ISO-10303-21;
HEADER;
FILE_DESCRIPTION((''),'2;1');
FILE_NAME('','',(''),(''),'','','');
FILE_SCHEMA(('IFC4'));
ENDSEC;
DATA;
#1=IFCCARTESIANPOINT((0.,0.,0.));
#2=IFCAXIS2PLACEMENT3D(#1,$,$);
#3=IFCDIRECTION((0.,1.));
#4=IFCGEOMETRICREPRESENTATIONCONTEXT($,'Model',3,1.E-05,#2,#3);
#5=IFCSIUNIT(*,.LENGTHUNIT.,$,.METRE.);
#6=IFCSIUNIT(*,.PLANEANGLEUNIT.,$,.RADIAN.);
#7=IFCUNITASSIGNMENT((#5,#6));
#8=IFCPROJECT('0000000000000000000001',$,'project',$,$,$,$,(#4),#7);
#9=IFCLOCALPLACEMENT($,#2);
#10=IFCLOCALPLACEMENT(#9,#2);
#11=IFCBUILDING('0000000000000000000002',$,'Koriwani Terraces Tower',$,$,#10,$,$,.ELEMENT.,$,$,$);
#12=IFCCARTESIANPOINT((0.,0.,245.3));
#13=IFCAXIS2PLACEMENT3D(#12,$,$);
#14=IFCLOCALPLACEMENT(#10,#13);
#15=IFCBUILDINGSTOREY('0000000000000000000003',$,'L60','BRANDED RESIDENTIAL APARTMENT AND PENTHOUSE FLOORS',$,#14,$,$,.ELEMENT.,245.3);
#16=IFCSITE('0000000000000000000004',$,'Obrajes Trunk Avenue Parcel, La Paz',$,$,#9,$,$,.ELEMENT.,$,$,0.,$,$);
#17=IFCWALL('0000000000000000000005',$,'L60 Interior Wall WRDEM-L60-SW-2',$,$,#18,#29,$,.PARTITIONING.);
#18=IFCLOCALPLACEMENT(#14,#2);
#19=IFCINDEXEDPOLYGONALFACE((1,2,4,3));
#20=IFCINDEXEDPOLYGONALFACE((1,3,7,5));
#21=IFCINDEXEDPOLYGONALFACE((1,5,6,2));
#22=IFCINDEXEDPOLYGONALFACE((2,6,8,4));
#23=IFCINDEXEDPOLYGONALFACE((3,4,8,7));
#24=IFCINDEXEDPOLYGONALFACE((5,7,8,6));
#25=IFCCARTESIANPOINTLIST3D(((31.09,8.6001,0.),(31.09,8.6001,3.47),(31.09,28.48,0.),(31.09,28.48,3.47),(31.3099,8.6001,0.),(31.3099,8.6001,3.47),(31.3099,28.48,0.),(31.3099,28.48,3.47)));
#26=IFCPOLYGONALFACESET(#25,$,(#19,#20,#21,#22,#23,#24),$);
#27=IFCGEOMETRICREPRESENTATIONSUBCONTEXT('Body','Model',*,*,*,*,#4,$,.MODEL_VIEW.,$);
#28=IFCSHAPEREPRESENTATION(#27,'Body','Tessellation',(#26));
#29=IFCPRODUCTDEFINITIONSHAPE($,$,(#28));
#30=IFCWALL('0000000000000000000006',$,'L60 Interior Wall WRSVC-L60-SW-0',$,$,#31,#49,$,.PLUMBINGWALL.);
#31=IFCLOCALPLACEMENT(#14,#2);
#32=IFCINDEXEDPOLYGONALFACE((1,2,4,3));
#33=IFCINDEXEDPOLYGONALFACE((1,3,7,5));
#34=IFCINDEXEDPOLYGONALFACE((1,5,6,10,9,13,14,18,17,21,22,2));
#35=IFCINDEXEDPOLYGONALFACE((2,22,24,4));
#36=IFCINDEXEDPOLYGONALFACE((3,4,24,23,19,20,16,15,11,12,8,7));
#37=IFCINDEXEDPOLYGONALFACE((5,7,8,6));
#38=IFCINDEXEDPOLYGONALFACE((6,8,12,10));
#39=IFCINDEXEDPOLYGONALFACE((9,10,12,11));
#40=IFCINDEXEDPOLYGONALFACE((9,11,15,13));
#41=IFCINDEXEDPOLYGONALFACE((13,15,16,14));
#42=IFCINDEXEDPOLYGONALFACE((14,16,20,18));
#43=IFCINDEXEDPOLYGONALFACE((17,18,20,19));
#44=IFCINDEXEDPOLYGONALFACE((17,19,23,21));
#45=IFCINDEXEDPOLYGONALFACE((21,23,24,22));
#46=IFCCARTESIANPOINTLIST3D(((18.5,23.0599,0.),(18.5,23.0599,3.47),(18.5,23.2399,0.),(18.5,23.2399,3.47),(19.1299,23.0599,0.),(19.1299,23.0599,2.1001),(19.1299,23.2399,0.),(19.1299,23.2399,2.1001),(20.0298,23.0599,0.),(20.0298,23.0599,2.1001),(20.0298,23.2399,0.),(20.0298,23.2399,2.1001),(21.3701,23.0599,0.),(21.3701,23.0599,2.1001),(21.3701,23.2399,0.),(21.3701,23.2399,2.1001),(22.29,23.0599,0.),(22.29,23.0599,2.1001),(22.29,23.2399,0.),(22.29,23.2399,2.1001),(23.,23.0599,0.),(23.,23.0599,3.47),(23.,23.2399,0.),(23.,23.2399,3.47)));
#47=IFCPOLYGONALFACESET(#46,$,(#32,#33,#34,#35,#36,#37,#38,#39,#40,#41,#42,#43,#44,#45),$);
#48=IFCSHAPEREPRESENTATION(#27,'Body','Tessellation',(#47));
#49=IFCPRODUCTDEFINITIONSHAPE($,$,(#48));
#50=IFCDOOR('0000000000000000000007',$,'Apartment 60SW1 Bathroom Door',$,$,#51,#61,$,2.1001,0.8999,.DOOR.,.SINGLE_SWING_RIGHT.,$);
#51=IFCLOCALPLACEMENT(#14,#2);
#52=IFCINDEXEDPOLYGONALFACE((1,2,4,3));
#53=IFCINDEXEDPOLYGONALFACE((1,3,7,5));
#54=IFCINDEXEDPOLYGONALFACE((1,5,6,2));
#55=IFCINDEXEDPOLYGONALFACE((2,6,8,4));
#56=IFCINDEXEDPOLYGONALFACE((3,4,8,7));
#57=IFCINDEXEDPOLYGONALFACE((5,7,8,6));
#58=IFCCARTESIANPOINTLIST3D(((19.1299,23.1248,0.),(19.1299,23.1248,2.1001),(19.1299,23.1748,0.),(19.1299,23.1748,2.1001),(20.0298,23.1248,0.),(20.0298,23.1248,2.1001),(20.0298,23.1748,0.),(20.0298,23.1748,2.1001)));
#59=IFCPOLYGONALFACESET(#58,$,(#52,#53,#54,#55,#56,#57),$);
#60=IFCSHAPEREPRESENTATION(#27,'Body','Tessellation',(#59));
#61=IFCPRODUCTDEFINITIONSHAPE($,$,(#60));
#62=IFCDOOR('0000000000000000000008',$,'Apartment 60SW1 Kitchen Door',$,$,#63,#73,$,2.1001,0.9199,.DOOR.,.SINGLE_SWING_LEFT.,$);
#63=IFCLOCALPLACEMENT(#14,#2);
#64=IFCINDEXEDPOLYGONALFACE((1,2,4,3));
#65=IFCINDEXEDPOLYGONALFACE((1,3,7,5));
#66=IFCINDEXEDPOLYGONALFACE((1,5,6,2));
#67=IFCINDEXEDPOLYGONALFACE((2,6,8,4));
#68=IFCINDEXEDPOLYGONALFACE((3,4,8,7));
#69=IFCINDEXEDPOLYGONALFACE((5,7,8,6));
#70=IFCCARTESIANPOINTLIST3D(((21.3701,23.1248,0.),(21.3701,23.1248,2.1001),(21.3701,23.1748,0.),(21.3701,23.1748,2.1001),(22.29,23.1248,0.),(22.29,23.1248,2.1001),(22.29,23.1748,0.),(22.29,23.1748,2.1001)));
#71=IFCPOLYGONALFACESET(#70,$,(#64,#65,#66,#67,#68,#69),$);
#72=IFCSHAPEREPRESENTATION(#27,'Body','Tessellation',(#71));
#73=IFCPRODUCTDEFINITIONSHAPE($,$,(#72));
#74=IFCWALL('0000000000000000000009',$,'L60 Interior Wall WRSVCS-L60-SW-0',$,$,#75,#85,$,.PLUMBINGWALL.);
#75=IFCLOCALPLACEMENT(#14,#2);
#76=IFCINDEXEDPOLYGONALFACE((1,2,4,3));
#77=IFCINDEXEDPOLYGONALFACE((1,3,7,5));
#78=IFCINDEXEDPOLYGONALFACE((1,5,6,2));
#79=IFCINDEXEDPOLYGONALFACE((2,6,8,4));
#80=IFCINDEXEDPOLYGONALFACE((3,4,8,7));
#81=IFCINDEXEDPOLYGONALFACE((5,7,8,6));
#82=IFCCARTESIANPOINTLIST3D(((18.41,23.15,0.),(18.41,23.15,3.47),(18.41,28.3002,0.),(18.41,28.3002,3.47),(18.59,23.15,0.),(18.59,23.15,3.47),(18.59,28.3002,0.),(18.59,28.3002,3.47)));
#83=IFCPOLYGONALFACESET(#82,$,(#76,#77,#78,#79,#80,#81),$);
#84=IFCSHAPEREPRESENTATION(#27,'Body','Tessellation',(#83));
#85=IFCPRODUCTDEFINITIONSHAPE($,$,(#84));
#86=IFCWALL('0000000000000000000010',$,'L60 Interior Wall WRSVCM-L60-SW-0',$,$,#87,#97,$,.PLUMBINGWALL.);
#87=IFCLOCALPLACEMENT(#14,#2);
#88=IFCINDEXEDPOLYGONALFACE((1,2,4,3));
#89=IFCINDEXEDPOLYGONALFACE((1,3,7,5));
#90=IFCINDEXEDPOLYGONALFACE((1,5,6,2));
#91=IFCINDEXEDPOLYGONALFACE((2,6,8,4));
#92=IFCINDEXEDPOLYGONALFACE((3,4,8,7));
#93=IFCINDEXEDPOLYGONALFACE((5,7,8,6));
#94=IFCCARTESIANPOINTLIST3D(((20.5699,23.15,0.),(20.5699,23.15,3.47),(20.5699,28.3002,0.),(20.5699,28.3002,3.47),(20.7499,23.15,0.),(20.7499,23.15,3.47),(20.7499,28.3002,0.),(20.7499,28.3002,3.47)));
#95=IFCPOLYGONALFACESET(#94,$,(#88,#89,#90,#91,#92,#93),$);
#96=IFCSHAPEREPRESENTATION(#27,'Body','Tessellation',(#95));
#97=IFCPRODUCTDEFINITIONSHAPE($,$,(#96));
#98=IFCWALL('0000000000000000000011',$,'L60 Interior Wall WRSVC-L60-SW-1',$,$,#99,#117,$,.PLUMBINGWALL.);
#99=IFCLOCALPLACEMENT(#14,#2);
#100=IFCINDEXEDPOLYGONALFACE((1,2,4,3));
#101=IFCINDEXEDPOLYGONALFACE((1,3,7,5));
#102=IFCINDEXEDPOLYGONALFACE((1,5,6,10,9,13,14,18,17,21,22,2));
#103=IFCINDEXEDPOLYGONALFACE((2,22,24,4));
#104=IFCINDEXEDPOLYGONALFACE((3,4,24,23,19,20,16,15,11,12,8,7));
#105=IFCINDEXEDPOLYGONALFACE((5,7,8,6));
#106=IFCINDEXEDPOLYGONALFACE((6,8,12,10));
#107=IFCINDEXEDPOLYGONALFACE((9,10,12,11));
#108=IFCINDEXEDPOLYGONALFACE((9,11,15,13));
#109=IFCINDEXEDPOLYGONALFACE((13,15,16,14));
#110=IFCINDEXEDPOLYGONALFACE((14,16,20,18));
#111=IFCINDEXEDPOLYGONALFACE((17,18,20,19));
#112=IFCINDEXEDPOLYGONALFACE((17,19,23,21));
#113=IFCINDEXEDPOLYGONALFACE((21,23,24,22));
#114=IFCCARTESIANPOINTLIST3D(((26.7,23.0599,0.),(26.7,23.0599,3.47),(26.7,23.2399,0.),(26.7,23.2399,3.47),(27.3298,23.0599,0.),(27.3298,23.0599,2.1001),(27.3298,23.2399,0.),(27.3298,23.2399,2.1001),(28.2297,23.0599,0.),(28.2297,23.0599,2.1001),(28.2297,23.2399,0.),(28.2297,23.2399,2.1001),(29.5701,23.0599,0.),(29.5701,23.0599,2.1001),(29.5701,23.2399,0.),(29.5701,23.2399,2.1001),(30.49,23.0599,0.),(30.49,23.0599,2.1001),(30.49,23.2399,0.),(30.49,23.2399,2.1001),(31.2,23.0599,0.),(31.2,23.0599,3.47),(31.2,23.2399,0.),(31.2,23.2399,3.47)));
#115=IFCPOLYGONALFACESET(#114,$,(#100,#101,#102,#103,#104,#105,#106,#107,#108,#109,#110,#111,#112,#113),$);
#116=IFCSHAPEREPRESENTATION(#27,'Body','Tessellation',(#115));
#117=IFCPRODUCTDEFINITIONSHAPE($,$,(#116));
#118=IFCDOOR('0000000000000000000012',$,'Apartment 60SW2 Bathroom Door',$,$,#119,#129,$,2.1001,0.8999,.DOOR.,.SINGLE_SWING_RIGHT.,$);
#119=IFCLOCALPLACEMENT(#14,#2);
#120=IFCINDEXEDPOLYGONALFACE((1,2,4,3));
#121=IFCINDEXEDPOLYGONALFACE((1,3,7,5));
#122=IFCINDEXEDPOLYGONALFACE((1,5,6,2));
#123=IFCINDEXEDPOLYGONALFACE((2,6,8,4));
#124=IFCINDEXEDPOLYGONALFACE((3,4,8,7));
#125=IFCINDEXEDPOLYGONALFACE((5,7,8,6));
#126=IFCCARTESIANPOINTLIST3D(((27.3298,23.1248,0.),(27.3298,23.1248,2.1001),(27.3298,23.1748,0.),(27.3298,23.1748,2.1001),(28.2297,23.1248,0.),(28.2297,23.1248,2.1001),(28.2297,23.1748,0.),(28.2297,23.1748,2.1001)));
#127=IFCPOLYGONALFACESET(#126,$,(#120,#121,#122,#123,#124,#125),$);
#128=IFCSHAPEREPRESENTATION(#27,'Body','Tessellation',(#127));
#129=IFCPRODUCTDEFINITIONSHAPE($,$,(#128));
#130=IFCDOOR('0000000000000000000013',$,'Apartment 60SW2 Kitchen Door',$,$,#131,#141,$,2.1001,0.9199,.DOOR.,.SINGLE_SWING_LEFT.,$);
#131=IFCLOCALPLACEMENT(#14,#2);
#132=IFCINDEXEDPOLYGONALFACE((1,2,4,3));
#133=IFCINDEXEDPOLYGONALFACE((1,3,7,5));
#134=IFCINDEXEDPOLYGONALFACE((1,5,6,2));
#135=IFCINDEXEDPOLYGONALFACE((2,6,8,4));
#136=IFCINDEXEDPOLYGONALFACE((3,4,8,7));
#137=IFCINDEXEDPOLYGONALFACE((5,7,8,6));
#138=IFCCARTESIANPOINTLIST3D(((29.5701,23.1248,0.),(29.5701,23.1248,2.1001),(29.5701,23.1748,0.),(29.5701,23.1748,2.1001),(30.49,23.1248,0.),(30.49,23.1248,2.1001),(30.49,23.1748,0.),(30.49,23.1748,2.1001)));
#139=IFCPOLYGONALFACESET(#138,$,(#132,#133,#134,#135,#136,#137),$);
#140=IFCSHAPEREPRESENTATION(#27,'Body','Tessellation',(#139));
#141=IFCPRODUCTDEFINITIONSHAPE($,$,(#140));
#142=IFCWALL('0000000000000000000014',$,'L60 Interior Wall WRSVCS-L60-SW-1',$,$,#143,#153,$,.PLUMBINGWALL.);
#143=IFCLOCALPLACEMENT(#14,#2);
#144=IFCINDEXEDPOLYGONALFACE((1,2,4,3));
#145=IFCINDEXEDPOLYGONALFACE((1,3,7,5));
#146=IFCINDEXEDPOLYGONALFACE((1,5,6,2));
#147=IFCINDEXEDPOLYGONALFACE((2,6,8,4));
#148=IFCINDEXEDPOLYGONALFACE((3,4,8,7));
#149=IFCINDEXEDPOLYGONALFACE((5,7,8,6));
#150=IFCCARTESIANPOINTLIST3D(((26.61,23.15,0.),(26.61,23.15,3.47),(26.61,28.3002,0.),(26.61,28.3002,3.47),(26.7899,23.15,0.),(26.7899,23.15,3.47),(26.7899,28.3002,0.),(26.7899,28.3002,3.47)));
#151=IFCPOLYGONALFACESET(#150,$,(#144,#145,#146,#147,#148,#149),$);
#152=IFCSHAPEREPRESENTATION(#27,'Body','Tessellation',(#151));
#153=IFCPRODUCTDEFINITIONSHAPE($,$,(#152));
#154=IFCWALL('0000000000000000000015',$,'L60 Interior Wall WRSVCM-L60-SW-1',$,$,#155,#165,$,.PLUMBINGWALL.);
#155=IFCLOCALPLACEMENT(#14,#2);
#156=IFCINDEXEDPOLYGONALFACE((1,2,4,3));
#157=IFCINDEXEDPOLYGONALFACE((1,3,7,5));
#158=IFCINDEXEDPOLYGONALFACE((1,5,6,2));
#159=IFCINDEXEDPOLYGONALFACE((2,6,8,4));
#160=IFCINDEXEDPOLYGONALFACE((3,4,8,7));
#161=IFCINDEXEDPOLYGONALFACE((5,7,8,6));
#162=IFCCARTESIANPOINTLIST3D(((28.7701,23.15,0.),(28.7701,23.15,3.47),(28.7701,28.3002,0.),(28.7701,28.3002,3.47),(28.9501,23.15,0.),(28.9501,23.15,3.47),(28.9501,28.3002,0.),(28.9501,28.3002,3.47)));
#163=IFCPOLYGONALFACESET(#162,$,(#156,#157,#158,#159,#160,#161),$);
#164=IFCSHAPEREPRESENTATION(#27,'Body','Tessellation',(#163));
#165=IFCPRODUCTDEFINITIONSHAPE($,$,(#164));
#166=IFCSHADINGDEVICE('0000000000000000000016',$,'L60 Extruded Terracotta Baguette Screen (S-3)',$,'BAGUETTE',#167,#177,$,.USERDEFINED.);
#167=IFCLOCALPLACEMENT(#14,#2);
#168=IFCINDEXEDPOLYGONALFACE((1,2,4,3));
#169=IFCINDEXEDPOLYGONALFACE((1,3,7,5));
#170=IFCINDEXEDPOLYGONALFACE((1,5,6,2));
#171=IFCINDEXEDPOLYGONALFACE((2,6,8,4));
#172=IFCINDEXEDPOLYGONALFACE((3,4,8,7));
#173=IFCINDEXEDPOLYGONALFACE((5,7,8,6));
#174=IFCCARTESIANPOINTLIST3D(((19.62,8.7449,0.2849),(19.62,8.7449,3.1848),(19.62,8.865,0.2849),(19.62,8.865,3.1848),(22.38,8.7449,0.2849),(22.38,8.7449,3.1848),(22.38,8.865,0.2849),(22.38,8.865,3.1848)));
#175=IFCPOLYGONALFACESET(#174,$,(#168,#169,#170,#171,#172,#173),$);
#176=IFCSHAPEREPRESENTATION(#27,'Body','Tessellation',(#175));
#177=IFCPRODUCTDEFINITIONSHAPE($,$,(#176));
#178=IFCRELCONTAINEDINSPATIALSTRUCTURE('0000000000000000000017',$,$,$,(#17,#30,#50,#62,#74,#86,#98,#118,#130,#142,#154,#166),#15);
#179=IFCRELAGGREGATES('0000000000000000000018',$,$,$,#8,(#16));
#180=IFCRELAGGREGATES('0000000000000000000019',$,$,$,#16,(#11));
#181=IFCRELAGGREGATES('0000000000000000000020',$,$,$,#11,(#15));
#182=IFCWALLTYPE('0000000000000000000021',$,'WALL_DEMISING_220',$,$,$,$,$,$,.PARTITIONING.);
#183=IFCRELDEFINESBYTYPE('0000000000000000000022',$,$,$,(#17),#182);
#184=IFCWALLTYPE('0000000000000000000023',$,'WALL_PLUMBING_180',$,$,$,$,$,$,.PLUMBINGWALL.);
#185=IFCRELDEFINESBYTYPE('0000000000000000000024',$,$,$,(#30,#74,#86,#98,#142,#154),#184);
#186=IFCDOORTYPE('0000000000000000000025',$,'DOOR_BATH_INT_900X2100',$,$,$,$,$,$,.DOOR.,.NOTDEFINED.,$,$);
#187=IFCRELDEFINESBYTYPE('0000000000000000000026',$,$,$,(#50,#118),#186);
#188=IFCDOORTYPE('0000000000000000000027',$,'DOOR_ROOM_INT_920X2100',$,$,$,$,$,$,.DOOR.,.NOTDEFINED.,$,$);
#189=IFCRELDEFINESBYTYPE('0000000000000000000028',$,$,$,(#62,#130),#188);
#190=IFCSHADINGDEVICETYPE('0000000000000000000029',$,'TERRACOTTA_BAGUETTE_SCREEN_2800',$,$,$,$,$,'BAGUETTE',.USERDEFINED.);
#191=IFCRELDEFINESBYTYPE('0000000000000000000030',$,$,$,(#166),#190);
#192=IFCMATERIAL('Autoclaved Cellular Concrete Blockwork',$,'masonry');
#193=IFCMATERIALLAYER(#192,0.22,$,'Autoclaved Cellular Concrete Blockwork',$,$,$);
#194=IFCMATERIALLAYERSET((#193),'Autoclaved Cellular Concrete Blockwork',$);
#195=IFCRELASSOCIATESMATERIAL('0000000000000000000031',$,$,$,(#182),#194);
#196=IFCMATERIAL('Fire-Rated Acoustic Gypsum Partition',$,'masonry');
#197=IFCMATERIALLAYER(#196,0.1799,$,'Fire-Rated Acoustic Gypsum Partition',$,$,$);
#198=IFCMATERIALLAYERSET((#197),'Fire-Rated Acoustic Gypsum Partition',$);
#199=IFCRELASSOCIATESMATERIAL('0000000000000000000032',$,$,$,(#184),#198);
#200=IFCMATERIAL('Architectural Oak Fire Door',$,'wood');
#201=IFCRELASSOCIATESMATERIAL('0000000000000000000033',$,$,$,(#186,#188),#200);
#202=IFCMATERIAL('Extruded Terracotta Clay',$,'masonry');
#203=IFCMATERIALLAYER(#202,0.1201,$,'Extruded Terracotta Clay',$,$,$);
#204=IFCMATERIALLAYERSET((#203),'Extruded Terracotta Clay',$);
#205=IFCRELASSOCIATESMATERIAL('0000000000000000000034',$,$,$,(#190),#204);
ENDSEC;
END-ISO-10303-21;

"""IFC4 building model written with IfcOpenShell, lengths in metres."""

from ifc_helpers import new_model, si_unit, direction, frame, frame_2d, origin, origin_2d, place, context, subcontext, project, spatial, rectangle, extrude, material, layer, layer_set, type_object, element, fill, save


model = new_model("IFC4")

# Units and contexts
model_context = context("Model", 3, precision=1e-05, world=origin(), true_north=direction((0.0, 1.0)))
body_context = subcontext(model_context, "Body", "Model", "MODEL_VIEW")
ifc_project = project(units=[si_unit("LENGTHUNIT", "METRE"), si_unit("PLANEANGLEUNIT", "RADIAN")], contexts=[model_context])

# Site, building, storey
site_placement = place(None, origin())
site = spatial("IfcSite", under=ifc_project, at=site_placement, Name="Obrajes Trunk Avenue Parcel, La Paz", CompositionType="ELEMENT", RefElevation=0.0)
building_placement = place(site_placement, origin())
building = spatial("IfcBuilding", under=site, at=building_placement, Name="Koriwani Terraces Tower", CompositionType="ELEMENT")
storey_placement = place(building_placement, frame((0.0, 0.0, 245.3)))
storey = spatial("IfcBuildingStorey", under=building, at=storey_placement, Name="L60", Description="BRANDED RESIDENTIAL APARTMENT AND PENTHOUSE FLOORS", CompositionType="ELEMENT", Elevation=245.3)

# Wall
ifc_material_1 = material(Name="Autoclaved Cellular Concrete Blockwork", Category="masonry")
ifc_layer_1 = layer(ifc_material_1, 0.22, Name="Autoclaved Cellular Concrete Blockwork")
ifc_layer_set_1 = layer_set([ifc_layer_1], Name="Autoclaved Cellular Concrete Blockwork")
wall_type_1 = type_object("IfcWallType", Name="WALL_DEMISING_220", PredefinedType="PARTITIONING", material=ifc_layer_set_1)
for number, where, z_axis, x_axis, name in (
    (1, (31.2, 8.6001, 0.0), (0.0, 0.0, 1.0), (0.0, 1.0, 0.0), "L60 Interior Wall WRDEM-L60-SW-2"),
):
    element("IfcWall", number, at=place(storey_placement, frame(where, z_axis=z_axis, x_axis=x_axis)), inside=storey, type_object=wall_type_1, Name=name, PredefinedType="PARTITIONING", context=body_context, shape_type="SweptSolid", body=[
        extrude(rectangle(XDim=19.8799, YDim=0.22, at=frame_2d((9.9399, 0.0))), origin(), (0.0, 0.0, 1.0), 3.47),
    ])

# Wall, openings, doors
ifc_material_2 = material(Name="Fire-Rated Acoustic Gypsum Partition", Category="masonry")
ifc_layer_2 = layer(ifc_material_2, 0.1799, Name="Fire-Rated Acoustic Gypsum Partition")
ifc_layer_set_2 = layer_set([ifc_layer_2], Name="Fire-Rated Acoustic Gypsum Partition")
wall_type_2 = type_object("IfcWallType", Name="WALL_PLUMBING_180", PredefinedType="PLUMBINGWALL", material=ifc_layer_set_2)
wall_1_placement = place(storey_placement, frame((18.5, 23.1499, 0.0), z_axis=(0.0, 0.0, 1.0), x_axis=(1.0, 0.0, 0.0)))
wall_1 = element("IfcWall", 2, at=wall_1_placement, inside=storey, type_object=wall_type_2, Name="L60 Interior Wall WRSVC-L60-SW-0", PredefinedType="PLUMBINGWALL", context=body_context, shape_type="SweptSolid", body=[
    extrude(rectangle(XDim=4.5, YDim=0.1799, at=frame_2d((2.25, 0.0))), origin(), (0.0, 0.0, 1.0), 3.47),
])
opening_1_placement = place(wall_1_placement, frame((0.6299, 0.0, 0.0)))
opening_1 = element("IfcOpeningElement", 3, at=opening_1_placement, cuts=wall_1, PredefinedType="OPENING", context=body_context, shape_type="SweptSolid", body=[
    extrude(rectangle(XDim=0.8999, YDim=2.1001, at=frame_2d((0.45, 1.05))), frame((0.0, 0.1001, 0.0), z_axis=(0.0, -1.0, 0.0), x_axis=(1.0, 0.0, 0.0)), (0.0, 0.0, 1.0), 0.2),
])
opening_2_placement = place(wall_1_placement, frame((2.8701, 0.0, 0.0)))
opening_2 = element("IfcOpeningElement", 4, at=opening_2_placement, cuts=wall_1, PredefinedType="OPENING", context=body_context, shape_type="SweptSolid", body=[
    extrude(rectangle(XDim=0.9199, YDim=2.1001, at=frame_2d((0.46, 1.05))), frame((0.0, 0.1001, 0.0), z_axis=(0.0, -1.0, 0.0), x_axis=(1.0, 0.0, 0.0)), (0.0, 0.0, 1.0), 0.2),
])
ifc_material_3 = material(Name="Architectural Oak Fire Door", Category="wood")
door_type_1 = type_object("IfcDoorType", Name="DOOR_BATH_INT_900X2100", OperationType="NOTDEFINED", PredefinedType="DOOR", material=ifc_material_3)
door_1_placement = place(opening_1_placement, origin())
door_1 = element("IfcDoor", 5, at=door_1_placement, inside=storey, type_object=door_type_1, Name="Apartment 60SW1 Bathroom Door", OperationType="SINGLE_SWING_RIGHT", OverallHeight=2.1001, OverallWidth=0.8999, PredefinedType="DOOR", context=body_context, shape_type="SweptSolid", body=[
    extrude(rectangle(XDim=0.8999, YDim=2.1001, at=frame_2d((0.45, 1.05))), frame((0.0, 0.0249, 0.0), z_axis=(0.0, -1.0, 0.0), x_axis=(1.0, 0.0, 0.0)), (0.0, 0.0, 1.0), 0.05),
])
fill(opening_1, door_1)
door_type_2 = type_object("IfcDoorType", Name="DOOR_ROOM_INT_920X2100", OperationType="NOTDEFINED", PredefinedType="DOOR", material=ifc_material_3)
door_2_placement = place(opening_2_placement, origin())
door_2 = element("IfcDoor", 6, at=door_2_placement, inside=storey, type_object=door_type_2, Name="Apartment 60SW1 Kitchen Door", OperationType="SINGLE_SWING_LEFT", OverallHeight=2.1001, OverallWidth=0.9199, PredefinedType="DOOR", context=body_context, shape_type="SweptSolid", body=[
    extrude(rectangle(XDim=0.9199, YDim=2.1001, at=frame_2d((0.46, 1.05))), frame((0.0, 0.0249, 0.0), z_axis=(0.0, -1.0, 0.0), x_axis=(1.0, 0.0, 0.0)), (0.0, 0.0, 1.0), 0.05),
])
fill(opening_2, door_2)

# Walls
for number, where, z_axis, x_axis, name in (
    (7, (18.5, 23.1499, 0.0), (0.0, 0.0, 1.0), (0.0, 1.0, 0.0), "L60 Interior Wall WRSVCS-L60-SW-0"),
    (8, (20.6599, 23.1499, 0.0), (0.0, 0.0, 1.0), (0.0, 1.0, 0.0), "L60 Interior Wall WRSVCM-L60-SW-0"),
):
    element("IfcWall", number, at=place(storey_placement, frame(where, z_axis=z_axis, x_axis=x_axis)), inside=storey, type_object=wall_type_2, Name=name, PredefinedType="PLUMBINGWALL", context=body_context, shape_type="SweptSolid", body=[
        extrude(rectangle(XDim=5.1501, YDim=0.1799, at=frame_2d((2.5752, 0.0))), origin(), (0.0, 0.0, 1.0), 3.47),
    ])

# Wall, openings, doors
wall_2_placement = place(storey_placement, frame((26.7, 23.1499, 0.0), z_axis=(0.0, 0.0, 1.0), x_axis=(1.0, 0.0, 0.0)))
wall_2 = element("IfcWall", 9, at=wall_2_placement, inside=storey, type_object=wall_type_2, Name="L60 Interior Wall WRSVC-L60-SW-1", PredefinedType="PLUMBINGWALL", context=body_context, shape_type="SweptSolid", body=[
    extrude(rectangle(XDim=4.5, YDim=0.1799, at=frame_2d((2.25, 0.0))), origin(), (0.0, 0.0, 1.0), 3.47),
])
opening_3_placement = place(wall_2_placement, frame((0.6299, 0.0, 0.0)))
opening_3 = element("IfcOpeningElement", 10, at=opening_3_placement, cuts=wall_2, PredefinedType="OPENING", context=body_context, shape_type="SweptSolid", body=[
    extrude(rectangle(XDim=0.8999, YDim=2.1001, at=frame_2d((0.45, 1.05))), frame((0.0, 0.1001, 0.0), z_axis=(0.0, -1.0, 0.0), x_axis=(1.0, 0.0, 0.0)), (0.0, 0.0, 1.0), 0.2),
])
opening_4_placement = place(wall_2_placement, frame((2.8701, 0.0, 0.0)))
opening_4 = element("IfcOpeningElement", 11, at=opening_4_placement, cuts=wall_2, PredefinedType="OPENING", context=body_context, shape_type="SweptSolid", body=[
    extrude(rectangle(XDim=0.9199, YDim=2.1001, at=frame_2d((0.46, 1.05))), frame((0.0, 0.1001, 0.0), z_axis=(0.0, -1.0, 0.0), x_axis=(1.0, 0.0, 0.0)), (0.0, 0.0, 1.0), 0.2),
])
door_3_placement = place(opening_3_placement, origin())
door_3 = element("IfcDoor", 12, at=door_3_placement, inside=storey, type_object=door_type_1, Name="Apartment 60SW2 Bathroom Door", OperationType="SINGLE_SWING_RIGHT", OverallHeight=2.1001, OverallWidth=0.8999, PredefinedType="DOOR", context=body_context, shape_type="SweptSolid", body=[
    extrude(rectangle(XDim=0.8999, YDim=2.1001, at=frame_2d((0.45, 1.05))), frame((0.0, 0.0249, 0.0), z_axis=(0.0, -1.0, 0.0), x_axis=(1.0, 0.0, 0.0)), (0.0, 0.0, 1.0), 0.05),
])
fill(opening_3, door_3)
door_4_placement = place(opening_4_placement, origin())
door_4 = element("IfcDoor", 13, at=door_4_placement, inside=storey, type_object=door_type_2, Name="Apartment 60SW2 Kitchen Door", OperationType="SINGLE_SWING_LEFT", OverallHeight=2.1001, OverallWidth=0.9199, PredefinedType="DOOR", context=body_context, shape_type="SweptSolid", body=[
    extrude(rectangle(XDim=0.9199, YDim=2.1001, at=frame_2d((0.46, 1.05))), frame((0.0, 0.0249, 0.0), z_axis=(0.0, -1.0, 0.0), x_axis=(1.0, 0.0, 0.0)), (0.0, 0.0, 1.0), 0.05),
])
fill(opening_4, door_4)

# Walls
for number, where, z_axis, x_axis, name in (
    (14, (26.7, 23.1499, 0.0), (0.0, 0.0, 1.0), (0.0, 1.0, 0.0), "L60 Interior Wall WRSVCS-L60-SW-1"),
    (15, (28.8601, 23.1499, 0.0), (0.0, 0.0, 1.0), (0.0, 1.0, 0.0), "L60 Interior Wall WRSVCM-L60-SW-1"),
):
    element("IfcWall", number, at=place(storey_placement, frame(where, z_axis=z_axis, x_axis=x_axis)), inside=storey, type_object=wall_type_2, Name=name, PredefinedType="PLUMBINGWALL", context=body_context, shape_type="SweptSolid", body=[
        extrude(rectangle(XDim=5.1501, YDim=0.1799, at=frame_2d((2.5752, 0.0))), origin(), (0.0, 0.0, 1.0), 3.47),
    ])

# Shading device
ifc_material_4 = material(Name="Extruded Terracotta Clay", Category="masonry")
ifc_layer_3 = layer(ifc_material_4, 0.1201, Name="Extruded Terracotta Clay")
ifc_layer_set_3 = layer_set([ifc_layer_3], Name="Extruded Terracotta Clay")
shading_device_type = type_object("IfcShadingDeviceType", Name="TERRACOTTA_BAGUETTE_SCREEN_2800", ElementType="BAGUETTE", PredefinedType="USERDEFINED", material=ifc_layer_set_3)
shading_device_placement = place(storey_placement, frame((21.0, 8.8049, 0.2849), z_axis=(0.0, 0.0, 1.0), x_axis=(-1.0, 0.0, 0.0)))
element("IfcShadingDevice", 16, at=shading_device_placement, inside=storey, type_object=shading_device_type, Name="L60 Extruded Terracotta Baguette Screen (S-3)", ObjectType="BAGUETTE", PredefinedType="USERDEFINED", context=body_context, shape_type="SweptSolid", body=[
    extrude(rectangle(XDim=2.76, YDim=0.1201, at=origin_2d()), origin(), (0.0, 0.0, 1.0), 2.8999),
])

save(model, "model.ifc")
